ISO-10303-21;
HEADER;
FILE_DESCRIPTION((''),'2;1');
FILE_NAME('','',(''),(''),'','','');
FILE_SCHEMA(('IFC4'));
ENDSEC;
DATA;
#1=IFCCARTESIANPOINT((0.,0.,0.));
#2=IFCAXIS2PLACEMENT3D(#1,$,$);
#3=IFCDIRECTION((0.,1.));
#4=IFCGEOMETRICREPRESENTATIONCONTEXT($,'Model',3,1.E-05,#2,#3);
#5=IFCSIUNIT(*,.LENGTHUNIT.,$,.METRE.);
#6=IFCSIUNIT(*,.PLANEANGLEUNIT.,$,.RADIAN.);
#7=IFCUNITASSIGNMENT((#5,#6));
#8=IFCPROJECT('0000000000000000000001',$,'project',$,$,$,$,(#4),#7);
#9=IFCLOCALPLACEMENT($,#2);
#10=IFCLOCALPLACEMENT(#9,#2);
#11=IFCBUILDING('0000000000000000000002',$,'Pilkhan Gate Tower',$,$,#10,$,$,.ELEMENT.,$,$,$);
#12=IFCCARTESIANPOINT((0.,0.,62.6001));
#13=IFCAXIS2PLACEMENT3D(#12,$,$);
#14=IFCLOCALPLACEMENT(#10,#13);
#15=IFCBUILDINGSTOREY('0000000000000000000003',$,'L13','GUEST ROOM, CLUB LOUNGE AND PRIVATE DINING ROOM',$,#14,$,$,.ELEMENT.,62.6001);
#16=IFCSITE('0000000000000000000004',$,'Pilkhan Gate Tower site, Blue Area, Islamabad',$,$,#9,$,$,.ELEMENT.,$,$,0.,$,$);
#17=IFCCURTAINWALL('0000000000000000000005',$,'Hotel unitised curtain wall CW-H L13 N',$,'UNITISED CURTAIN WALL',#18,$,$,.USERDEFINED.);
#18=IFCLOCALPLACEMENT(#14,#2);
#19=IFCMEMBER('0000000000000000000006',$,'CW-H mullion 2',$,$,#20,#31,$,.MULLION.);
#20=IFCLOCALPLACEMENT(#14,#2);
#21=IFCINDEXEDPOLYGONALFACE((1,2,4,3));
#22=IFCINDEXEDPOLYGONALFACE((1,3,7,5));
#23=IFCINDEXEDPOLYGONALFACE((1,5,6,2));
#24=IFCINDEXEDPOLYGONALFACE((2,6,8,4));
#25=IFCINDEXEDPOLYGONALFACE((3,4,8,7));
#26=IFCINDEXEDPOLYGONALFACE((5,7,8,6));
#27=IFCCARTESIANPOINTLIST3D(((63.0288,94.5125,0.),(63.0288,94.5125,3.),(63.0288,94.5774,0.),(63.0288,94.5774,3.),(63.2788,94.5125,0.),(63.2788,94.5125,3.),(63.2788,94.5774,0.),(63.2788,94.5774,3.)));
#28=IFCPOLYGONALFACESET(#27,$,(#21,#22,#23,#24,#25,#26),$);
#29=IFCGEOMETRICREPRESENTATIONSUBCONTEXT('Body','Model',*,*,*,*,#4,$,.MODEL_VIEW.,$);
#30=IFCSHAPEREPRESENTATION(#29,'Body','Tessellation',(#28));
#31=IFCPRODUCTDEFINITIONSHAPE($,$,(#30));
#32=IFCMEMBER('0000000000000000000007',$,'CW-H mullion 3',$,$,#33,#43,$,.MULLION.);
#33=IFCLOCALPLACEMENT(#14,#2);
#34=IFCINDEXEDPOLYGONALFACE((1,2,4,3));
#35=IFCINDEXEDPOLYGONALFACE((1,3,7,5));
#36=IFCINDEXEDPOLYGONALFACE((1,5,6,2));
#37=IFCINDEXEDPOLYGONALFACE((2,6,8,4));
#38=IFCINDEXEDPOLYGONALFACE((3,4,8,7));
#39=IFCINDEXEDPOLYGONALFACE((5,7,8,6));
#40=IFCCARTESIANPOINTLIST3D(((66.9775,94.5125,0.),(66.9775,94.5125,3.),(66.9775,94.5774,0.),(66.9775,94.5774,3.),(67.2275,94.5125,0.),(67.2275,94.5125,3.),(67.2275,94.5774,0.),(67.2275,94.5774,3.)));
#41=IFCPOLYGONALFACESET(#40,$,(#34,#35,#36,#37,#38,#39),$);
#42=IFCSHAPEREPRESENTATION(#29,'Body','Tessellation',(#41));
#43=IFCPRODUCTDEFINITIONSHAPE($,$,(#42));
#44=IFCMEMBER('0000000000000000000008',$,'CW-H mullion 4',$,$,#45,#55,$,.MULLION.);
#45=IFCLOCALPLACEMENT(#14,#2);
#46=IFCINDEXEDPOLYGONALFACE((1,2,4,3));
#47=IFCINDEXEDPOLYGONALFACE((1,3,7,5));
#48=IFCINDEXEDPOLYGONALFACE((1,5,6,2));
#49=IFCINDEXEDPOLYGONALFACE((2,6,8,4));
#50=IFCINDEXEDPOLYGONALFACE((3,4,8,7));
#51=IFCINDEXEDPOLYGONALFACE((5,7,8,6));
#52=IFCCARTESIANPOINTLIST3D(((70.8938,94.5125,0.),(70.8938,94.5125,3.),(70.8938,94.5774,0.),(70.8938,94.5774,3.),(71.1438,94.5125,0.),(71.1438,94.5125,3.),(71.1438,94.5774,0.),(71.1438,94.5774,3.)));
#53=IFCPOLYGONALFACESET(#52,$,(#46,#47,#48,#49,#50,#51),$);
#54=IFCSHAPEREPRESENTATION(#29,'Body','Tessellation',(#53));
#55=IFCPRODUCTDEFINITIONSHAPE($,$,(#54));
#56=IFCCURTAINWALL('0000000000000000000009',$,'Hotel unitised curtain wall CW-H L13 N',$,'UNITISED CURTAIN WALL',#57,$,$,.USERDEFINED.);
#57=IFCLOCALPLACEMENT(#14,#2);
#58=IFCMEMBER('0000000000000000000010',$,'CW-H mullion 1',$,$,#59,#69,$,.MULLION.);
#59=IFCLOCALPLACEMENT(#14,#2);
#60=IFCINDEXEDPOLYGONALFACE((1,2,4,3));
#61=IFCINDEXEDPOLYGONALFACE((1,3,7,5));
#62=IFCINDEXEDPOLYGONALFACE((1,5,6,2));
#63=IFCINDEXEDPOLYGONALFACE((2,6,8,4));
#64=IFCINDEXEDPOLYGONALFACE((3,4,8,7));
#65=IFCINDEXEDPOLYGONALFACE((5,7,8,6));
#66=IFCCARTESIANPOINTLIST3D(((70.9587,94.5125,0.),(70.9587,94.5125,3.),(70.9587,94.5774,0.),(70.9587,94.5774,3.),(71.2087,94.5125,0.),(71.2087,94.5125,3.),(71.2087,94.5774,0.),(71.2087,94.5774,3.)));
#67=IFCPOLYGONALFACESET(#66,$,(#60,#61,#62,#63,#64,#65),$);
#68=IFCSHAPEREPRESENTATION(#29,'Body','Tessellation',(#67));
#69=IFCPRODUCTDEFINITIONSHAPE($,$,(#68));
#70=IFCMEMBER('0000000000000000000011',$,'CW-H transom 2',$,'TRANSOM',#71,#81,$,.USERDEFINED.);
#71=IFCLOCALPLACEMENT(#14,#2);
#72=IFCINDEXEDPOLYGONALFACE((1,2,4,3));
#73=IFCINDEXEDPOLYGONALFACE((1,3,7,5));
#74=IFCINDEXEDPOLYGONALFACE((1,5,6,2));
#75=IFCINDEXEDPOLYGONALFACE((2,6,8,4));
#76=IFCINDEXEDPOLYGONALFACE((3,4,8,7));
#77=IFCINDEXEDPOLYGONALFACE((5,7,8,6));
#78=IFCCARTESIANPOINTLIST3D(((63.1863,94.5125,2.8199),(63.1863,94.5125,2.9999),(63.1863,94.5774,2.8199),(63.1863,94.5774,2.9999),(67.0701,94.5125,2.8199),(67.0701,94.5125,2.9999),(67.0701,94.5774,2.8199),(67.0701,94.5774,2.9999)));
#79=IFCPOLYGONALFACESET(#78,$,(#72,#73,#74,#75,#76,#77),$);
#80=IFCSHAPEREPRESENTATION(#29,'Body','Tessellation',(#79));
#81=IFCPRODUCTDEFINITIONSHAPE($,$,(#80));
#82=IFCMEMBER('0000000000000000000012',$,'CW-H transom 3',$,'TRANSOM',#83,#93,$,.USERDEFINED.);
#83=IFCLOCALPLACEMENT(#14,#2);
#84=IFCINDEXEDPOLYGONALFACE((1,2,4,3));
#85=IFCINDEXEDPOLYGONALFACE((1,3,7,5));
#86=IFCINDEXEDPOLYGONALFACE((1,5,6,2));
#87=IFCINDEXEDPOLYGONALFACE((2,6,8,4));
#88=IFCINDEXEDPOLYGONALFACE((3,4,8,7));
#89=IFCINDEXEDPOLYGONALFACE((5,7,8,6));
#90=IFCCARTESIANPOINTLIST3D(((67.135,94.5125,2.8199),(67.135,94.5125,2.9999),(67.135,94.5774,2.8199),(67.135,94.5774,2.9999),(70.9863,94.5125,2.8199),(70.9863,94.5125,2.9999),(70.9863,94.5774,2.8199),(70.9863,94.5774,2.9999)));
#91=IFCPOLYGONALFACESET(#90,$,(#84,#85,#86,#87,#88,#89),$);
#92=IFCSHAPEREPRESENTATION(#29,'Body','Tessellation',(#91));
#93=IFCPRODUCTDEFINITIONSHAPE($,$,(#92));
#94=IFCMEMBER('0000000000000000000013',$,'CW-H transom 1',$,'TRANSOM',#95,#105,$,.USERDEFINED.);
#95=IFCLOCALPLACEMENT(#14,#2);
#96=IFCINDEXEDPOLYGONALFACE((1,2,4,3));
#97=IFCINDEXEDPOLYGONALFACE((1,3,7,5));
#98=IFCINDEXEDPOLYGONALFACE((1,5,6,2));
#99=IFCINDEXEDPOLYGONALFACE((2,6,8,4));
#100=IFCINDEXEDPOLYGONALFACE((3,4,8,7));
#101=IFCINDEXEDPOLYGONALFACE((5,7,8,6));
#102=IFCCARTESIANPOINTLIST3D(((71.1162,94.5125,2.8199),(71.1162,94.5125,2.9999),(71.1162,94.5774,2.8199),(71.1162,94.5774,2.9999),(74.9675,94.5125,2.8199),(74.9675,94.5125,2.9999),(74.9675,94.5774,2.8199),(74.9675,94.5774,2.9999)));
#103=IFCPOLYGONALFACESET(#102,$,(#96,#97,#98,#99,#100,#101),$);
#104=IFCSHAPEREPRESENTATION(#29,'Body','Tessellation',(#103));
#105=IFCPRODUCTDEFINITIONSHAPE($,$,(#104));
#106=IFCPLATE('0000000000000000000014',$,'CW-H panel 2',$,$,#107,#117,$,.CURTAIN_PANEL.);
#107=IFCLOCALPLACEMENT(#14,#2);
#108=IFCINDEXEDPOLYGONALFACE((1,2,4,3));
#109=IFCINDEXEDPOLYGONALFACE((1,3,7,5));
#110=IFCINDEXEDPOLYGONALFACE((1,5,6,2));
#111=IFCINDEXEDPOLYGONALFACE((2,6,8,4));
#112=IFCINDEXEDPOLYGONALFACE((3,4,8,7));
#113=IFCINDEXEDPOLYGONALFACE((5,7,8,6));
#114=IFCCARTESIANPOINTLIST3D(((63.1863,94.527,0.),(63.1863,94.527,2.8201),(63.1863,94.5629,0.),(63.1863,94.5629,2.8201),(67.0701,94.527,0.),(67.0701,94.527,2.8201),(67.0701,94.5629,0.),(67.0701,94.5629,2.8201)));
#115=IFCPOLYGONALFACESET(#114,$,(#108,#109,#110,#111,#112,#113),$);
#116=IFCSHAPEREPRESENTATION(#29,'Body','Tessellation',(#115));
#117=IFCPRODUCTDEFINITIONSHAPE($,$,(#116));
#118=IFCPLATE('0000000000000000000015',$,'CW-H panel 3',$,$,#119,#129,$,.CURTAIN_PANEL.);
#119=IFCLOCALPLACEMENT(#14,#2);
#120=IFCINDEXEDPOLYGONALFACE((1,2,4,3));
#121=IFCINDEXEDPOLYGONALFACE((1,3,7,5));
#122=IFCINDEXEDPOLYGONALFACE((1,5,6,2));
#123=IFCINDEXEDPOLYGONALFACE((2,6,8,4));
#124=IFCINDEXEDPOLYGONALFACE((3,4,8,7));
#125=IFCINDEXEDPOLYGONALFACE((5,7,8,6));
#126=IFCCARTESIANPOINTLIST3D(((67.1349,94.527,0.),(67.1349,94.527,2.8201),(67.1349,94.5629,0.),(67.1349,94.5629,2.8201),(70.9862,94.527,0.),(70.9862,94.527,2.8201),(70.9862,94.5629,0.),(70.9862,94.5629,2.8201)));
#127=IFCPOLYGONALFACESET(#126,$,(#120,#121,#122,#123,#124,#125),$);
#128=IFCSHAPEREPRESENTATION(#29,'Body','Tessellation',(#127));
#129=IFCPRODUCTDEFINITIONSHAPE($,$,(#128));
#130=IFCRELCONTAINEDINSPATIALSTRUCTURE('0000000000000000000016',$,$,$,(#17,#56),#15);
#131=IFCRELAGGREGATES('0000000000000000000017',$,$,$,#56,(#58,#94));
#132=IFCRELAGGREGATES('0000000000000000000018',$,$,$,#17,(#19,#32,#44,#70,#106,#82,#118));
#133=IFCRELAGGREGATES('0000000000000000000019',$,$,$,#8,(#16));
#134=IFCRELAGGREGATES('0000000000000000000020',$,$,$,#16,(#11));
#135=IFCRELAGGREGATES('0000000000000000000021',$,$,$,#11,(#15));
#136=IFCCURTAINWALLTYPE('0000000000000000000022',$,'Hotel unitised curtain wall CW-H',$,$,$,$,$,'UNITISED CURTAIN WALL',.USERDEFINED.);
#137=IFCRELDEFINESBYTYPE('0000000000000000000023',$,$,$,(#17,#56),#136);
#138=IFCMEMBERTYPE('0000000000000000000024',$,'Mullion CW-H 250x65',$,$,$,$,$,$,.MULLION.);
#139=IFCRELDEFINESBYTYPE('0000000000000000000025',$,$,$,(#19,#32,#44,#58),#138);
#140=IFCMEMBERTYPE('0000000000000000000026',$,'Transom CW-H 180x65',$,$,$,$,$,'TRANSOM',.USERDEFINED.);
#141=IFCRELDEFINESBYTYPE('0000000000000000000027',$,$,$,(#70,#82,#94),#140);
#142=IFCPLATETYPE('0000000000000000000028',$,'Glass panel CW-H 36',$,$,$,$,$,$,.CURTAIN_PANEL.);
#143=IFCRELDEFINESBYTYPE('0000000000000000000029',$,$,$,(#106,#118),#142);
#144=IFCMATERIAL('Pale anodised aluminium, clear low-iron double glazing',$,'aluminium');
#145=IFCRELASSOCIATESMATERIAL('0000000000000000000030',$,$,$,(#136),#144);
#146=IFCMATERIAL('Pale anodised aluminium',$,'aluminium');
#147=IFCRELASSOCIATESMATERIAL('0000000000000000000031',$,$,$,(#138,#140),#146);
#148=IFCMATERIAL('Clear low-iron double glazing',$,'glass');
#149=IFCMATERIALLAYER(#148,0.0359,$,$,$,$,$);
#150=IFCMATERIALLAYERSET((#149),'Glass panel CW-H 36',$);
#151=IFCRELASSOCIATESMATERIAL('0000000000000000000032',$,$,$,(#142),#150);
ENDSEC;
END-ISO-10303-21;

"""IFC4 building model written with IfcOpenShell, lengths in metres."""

from ifc_helpers import new_model, si_unit, direction, frame, origin, origin_2d, place, context, subcontext, project, spatial, rectangle, extrude, material, layer, layer_set, material_profile, profile_set, type_object, element, aggregate, save


model = new_model("IFC4")

# Units and contexts
model_context = context("Model", 3, precision=1e-05, world=origin(), true_north=direction((0.0, 1.0)))
body_context = subcontext(model_context, "Body", "Model", "MODEL_VIEW")
ifc_project = project(units=[si_unit("LENGTHUNIT", "METRE"), si_unit("PLANEANGLEUNIT", "RADIAN")], contexts=[model_context])

# Site, building, storey
site_placement = place(None, origin())
site = spatial("IfcSite", under=ifc_project, at=site_placement, Name="Pilkhan Gate Tower site, Blue Area, Islamabad", CompositionType="ELEMENT", RefElevation=0.0)
building_placement = place(site_placement, origin())
building = spatial("IfcBuilding", under=site, at=building_placement, Name="Pilkhan Gate Tower", CompositionType="ELEMENT")
storey_placement = place(building_placement, frame((0.0, 0.0, 62.6001)))
storey = spatial("IfcBuildingStorey", under=building, at=storey_placement, Name="L13", Description="GUEST ROOM, CLUB LOUNGE AND PRIVATE DINING ROOM", CompositionType="ELEMENT", Elevation=62.6001)

# Curtain wall, members
ifc_material_1 = material(Name="Pale anodised aluminium, clear low-iron double glazing", Category="aluminium")
curtain_wall_type = type_object("IfcCurtainWallType", Name="Hotel unitised curtain wall CW-H", ElementType="UNITISED CURTAIN WALL", PredefinedType="USERDEFINED", material=ifc_material_1)
curtain_wall_1_placement = place(storey_placement, origin())
curtain_wall_1 = element("IfcCurtainWall", 1, at=curtain_wall_1_placement, inside=storey, type_object=curtain_wall_type, Name="Hotel unitised curtain wall CW-H L13 N", ObjectType="UNITISED CURTAIN WALL", PredefinedType="USERDEFINED")
ifc_material_2 = material(Name="Pale anodised aluminium", Category="aluminium")
ifc_material_profile_1 = material_profile(ifc_material_2, rectangle(XDim=0.0649, YDim=0.25, at=origin_2d()), Name="Mullion 250x65")
ifc_profile_set_1 = profile_set([ifc_material_profile_1], Name="Pale anodised aluminium")
member_type_1 = type_object("IfcMemberType", Name="Mullion CW-H 250x65", PredefinedType="MULLION", material=ifc_profile_set_1)
member_1_placement = place(storey_placement, frame((63.1538, 94.5449, 0.0), z_axis=(0.0, 0.0, 1.0), x_axis=(0.0, 1.0, 0.0)))
member_1 = element("IfcMember", 2, at=member_1_placement, type_object=member_type_1, Name="CW-H mullion 2", PredefinedType="MULLION", context=body_context, shape_type="SweptSolid", body=[
    extrude(rectangle(XDim=0.0649, YDim=0.25, at=origin_2d()), origin(), (0.0, 0.0, 1.0), 3.0),
])
member_2_placement = place(storey_placement, frame((67.1025, 94.5449, 0.0), z_axis=(0.0, 0.0, 1.0), x_axis=(0.0, 1.0, 0.0)))
member_2 = element("IfcMember", 3, at=member_2_placement, type_object=member_type_1, Name="CW-H mullion 3", PredefinedType="MULLION", context=body_context, shape_type="SweptSolid", body=[
    extrude(rectangle(XDim=0.0649, YDim=0.25, at=origin_2d()), origin(), (0.0, 0.0, 1.0), 3.0),
])
member_3_placement = place(storey_placement, frame((71.0188, 94.5449, 0.0), z_axis=(0.0, 0.0, 1.0), x_axis=(0.0, 1.0, 0.0)))
member_3 = element("IfcMember", 4, at=member_3_placement, type_object=member_type_1, Name="CW-H mullion 4", PredefinedType="MULLION", context=body_context, shape_type="SweptSolid", body=[
    extrude(rectangle(XDim=0.0649, YDim=0.25, at=origin_2d()), origin(), (0.0, 0.0, 1.0), 3.0),
])

# Curtain wall, member
curtain_wall_2_placement = place(storey_placement, origin())
curtain_wall_2 = element("IfcCurtainWall", 5, at=curtain_wall_2_placement, inside=storey, type_object=curtain_wall_type, Name="Hotel unitised curtain wall CW-H L13 N", ObjectType="UNITISED CURTAIN WALL", PredefinedType="USERDEFINED")
member_4_placement = place(storey_placement, frame((71.0837, 94.5449, 0.0), z_axis=(0.0, 0.0, 1.0), x_axis=(0.0, 1.0, 0.0)))
member_4 = element("IfcMember", 6, at=member_4_placement, type_object=member_type_1, Name="CW-H mullion 1", PredefinedType="MULLION", context=body_context, shape_type="SweptSolid", body=[
    extrude(rectangle(XDim=0.0649, YDim=0.25, at=origin_2d()), origin(), (0.0, 0.0, 1.0), 3.0),
])

# Members
ifc_material_profile_2 = material_profile(ifc_material_2, rectangle(XDim=0.0649, YDim=0.1799, at=origin_2d()), Name="Transom 180x65")
ifc_profile_set_2 = profile_set([ifc_material_profile_2], Name="Pale anodised aluminium")
member_type_2 = type_object("IfcMemberType", Name="Transom CW-H 180x65", ElementType="TRANSOM", PredefinedType="USERDEFINED", material=ifc_profile_set_2)
member_5_placement = place(storey_placement, frame((63.1863, 94.5449, 2.9099), z_axis=(1.0, 0.0, 0.0), x_axis=(0.0, 1.0, 0.0)))
member_5 = element("IfcMember", 7, at=member_5_placement, type_object=member_type_2, Name="CW-H transom 2", ObjectType="TRANSOM", PredefinedType="USERDEFINED", context=body_context, shape_type="SweptSolid", body=[
    extrude(rectangle(XDim=0.0649, YDim=0.1799, at=origin_2d()), origin(), (0.0, 0.0, 1.0), 3.8838),
])
member_6_placement = place(storey_placement, frame((67.135, 94.5449, 2.9099), z_axis=(1.0, 0.0, 0.0), x_axis=(0.0, 1.0, 0.0)))
member_6 = element("IfcMember", 8, at=member_6_placement, type_object=member_type_2, Name="CW-H transom 3", ObjectType="TRANSOM", PredefinedType="USERDEFINED", context=body_context, shape_type="SweptSolid", body=[
    extrude(rectangle(XDim=0.0649, YDim=0.1799, at=origin_2d()), origin(), (0.0, 0.0, 1.0), 3.8513),
])
member_7_placement = place(storey_placement, frame((71.1162, 94.5449, 2.9099), z_axis=(1.0, 0.0, 0.0), x_axis=(0.0, 1.0, 0.0)))
member_7 = element("IfcMember", 9, at=member_7_placement, type_object=member_type_2, Name="CW-H transom 1", ObjectType="TRANSOM", PredefinedType="USERDEFINED", context=body_context, shape_type="SweptSolid", body=[
    extrude(rectangle(XDim=0.0649, YDim=0.1799, at=origin_2d()), origin(), (0.0, 0.0, 1.0), 3.8513),
])
aggregate(curtain_wall_2, [member_4, member_7])

# Plates
ifc_material_3 = material(Name="Clear low-iron double glazing", Category="glass")
ifc_layer_1 = layer(ifc_material_3, 0.0359)
ifc_layer_set_1 = layer_set([ifc_layer_1], Name="Glass panel CW-H 36")
plate_type = type_object("IfcPlateType", Name="Glass panel CW-H 36", PredefinedType="CURTAIN_PANEL", material=ifc_layer_set_1)
plate_1_placement = place(storey_placement, frame((65.1282, 94.5449, 0.0), z_axis=(0.0, 0.0, 1.0), x_axis=(1.0, 0.0, 0.0)))
plate_1 = element("IfcPlate", 10, at=plate_1_placement, type_object=plate_type, Name="CW-H panel 2", PredefinedType="CURTAIN_PANEL", context=body_context, shape_type="SweptSolid", body=[
    extrude(rectangle(XDim=3.8838, YDim=0.0359, at=origin_2d()), origin(), (0.0, 0.0, 1.0), 2.8201),
])
plate_2_placement = place(storey_placement, frame((69.0605, 94.5449, 0.0), z_axis=(0.0, 0.0, 1.0), x_axis=(1.0, 0.0, 0.0)))
plate_2 = element("IfcPlate", 11, at=plate_2_placement, type_object=plate_type, Name="CW-H panel 3", PredefinedType="CURTAIN_PANEL", context=body_context, shape_type="SweptSolid", body=[
    extrude(rectangle(XDim=3.8513, YDim=0.0359, at=origin_2d()), origin(), (0.0, 0.0, 1.0), 2.8201),
])
aggregate(curtain_wall_1, [member_1, member_2, member_3, member_5, plate_1, member_6, plate_2])

save(model, "model.ifc")
